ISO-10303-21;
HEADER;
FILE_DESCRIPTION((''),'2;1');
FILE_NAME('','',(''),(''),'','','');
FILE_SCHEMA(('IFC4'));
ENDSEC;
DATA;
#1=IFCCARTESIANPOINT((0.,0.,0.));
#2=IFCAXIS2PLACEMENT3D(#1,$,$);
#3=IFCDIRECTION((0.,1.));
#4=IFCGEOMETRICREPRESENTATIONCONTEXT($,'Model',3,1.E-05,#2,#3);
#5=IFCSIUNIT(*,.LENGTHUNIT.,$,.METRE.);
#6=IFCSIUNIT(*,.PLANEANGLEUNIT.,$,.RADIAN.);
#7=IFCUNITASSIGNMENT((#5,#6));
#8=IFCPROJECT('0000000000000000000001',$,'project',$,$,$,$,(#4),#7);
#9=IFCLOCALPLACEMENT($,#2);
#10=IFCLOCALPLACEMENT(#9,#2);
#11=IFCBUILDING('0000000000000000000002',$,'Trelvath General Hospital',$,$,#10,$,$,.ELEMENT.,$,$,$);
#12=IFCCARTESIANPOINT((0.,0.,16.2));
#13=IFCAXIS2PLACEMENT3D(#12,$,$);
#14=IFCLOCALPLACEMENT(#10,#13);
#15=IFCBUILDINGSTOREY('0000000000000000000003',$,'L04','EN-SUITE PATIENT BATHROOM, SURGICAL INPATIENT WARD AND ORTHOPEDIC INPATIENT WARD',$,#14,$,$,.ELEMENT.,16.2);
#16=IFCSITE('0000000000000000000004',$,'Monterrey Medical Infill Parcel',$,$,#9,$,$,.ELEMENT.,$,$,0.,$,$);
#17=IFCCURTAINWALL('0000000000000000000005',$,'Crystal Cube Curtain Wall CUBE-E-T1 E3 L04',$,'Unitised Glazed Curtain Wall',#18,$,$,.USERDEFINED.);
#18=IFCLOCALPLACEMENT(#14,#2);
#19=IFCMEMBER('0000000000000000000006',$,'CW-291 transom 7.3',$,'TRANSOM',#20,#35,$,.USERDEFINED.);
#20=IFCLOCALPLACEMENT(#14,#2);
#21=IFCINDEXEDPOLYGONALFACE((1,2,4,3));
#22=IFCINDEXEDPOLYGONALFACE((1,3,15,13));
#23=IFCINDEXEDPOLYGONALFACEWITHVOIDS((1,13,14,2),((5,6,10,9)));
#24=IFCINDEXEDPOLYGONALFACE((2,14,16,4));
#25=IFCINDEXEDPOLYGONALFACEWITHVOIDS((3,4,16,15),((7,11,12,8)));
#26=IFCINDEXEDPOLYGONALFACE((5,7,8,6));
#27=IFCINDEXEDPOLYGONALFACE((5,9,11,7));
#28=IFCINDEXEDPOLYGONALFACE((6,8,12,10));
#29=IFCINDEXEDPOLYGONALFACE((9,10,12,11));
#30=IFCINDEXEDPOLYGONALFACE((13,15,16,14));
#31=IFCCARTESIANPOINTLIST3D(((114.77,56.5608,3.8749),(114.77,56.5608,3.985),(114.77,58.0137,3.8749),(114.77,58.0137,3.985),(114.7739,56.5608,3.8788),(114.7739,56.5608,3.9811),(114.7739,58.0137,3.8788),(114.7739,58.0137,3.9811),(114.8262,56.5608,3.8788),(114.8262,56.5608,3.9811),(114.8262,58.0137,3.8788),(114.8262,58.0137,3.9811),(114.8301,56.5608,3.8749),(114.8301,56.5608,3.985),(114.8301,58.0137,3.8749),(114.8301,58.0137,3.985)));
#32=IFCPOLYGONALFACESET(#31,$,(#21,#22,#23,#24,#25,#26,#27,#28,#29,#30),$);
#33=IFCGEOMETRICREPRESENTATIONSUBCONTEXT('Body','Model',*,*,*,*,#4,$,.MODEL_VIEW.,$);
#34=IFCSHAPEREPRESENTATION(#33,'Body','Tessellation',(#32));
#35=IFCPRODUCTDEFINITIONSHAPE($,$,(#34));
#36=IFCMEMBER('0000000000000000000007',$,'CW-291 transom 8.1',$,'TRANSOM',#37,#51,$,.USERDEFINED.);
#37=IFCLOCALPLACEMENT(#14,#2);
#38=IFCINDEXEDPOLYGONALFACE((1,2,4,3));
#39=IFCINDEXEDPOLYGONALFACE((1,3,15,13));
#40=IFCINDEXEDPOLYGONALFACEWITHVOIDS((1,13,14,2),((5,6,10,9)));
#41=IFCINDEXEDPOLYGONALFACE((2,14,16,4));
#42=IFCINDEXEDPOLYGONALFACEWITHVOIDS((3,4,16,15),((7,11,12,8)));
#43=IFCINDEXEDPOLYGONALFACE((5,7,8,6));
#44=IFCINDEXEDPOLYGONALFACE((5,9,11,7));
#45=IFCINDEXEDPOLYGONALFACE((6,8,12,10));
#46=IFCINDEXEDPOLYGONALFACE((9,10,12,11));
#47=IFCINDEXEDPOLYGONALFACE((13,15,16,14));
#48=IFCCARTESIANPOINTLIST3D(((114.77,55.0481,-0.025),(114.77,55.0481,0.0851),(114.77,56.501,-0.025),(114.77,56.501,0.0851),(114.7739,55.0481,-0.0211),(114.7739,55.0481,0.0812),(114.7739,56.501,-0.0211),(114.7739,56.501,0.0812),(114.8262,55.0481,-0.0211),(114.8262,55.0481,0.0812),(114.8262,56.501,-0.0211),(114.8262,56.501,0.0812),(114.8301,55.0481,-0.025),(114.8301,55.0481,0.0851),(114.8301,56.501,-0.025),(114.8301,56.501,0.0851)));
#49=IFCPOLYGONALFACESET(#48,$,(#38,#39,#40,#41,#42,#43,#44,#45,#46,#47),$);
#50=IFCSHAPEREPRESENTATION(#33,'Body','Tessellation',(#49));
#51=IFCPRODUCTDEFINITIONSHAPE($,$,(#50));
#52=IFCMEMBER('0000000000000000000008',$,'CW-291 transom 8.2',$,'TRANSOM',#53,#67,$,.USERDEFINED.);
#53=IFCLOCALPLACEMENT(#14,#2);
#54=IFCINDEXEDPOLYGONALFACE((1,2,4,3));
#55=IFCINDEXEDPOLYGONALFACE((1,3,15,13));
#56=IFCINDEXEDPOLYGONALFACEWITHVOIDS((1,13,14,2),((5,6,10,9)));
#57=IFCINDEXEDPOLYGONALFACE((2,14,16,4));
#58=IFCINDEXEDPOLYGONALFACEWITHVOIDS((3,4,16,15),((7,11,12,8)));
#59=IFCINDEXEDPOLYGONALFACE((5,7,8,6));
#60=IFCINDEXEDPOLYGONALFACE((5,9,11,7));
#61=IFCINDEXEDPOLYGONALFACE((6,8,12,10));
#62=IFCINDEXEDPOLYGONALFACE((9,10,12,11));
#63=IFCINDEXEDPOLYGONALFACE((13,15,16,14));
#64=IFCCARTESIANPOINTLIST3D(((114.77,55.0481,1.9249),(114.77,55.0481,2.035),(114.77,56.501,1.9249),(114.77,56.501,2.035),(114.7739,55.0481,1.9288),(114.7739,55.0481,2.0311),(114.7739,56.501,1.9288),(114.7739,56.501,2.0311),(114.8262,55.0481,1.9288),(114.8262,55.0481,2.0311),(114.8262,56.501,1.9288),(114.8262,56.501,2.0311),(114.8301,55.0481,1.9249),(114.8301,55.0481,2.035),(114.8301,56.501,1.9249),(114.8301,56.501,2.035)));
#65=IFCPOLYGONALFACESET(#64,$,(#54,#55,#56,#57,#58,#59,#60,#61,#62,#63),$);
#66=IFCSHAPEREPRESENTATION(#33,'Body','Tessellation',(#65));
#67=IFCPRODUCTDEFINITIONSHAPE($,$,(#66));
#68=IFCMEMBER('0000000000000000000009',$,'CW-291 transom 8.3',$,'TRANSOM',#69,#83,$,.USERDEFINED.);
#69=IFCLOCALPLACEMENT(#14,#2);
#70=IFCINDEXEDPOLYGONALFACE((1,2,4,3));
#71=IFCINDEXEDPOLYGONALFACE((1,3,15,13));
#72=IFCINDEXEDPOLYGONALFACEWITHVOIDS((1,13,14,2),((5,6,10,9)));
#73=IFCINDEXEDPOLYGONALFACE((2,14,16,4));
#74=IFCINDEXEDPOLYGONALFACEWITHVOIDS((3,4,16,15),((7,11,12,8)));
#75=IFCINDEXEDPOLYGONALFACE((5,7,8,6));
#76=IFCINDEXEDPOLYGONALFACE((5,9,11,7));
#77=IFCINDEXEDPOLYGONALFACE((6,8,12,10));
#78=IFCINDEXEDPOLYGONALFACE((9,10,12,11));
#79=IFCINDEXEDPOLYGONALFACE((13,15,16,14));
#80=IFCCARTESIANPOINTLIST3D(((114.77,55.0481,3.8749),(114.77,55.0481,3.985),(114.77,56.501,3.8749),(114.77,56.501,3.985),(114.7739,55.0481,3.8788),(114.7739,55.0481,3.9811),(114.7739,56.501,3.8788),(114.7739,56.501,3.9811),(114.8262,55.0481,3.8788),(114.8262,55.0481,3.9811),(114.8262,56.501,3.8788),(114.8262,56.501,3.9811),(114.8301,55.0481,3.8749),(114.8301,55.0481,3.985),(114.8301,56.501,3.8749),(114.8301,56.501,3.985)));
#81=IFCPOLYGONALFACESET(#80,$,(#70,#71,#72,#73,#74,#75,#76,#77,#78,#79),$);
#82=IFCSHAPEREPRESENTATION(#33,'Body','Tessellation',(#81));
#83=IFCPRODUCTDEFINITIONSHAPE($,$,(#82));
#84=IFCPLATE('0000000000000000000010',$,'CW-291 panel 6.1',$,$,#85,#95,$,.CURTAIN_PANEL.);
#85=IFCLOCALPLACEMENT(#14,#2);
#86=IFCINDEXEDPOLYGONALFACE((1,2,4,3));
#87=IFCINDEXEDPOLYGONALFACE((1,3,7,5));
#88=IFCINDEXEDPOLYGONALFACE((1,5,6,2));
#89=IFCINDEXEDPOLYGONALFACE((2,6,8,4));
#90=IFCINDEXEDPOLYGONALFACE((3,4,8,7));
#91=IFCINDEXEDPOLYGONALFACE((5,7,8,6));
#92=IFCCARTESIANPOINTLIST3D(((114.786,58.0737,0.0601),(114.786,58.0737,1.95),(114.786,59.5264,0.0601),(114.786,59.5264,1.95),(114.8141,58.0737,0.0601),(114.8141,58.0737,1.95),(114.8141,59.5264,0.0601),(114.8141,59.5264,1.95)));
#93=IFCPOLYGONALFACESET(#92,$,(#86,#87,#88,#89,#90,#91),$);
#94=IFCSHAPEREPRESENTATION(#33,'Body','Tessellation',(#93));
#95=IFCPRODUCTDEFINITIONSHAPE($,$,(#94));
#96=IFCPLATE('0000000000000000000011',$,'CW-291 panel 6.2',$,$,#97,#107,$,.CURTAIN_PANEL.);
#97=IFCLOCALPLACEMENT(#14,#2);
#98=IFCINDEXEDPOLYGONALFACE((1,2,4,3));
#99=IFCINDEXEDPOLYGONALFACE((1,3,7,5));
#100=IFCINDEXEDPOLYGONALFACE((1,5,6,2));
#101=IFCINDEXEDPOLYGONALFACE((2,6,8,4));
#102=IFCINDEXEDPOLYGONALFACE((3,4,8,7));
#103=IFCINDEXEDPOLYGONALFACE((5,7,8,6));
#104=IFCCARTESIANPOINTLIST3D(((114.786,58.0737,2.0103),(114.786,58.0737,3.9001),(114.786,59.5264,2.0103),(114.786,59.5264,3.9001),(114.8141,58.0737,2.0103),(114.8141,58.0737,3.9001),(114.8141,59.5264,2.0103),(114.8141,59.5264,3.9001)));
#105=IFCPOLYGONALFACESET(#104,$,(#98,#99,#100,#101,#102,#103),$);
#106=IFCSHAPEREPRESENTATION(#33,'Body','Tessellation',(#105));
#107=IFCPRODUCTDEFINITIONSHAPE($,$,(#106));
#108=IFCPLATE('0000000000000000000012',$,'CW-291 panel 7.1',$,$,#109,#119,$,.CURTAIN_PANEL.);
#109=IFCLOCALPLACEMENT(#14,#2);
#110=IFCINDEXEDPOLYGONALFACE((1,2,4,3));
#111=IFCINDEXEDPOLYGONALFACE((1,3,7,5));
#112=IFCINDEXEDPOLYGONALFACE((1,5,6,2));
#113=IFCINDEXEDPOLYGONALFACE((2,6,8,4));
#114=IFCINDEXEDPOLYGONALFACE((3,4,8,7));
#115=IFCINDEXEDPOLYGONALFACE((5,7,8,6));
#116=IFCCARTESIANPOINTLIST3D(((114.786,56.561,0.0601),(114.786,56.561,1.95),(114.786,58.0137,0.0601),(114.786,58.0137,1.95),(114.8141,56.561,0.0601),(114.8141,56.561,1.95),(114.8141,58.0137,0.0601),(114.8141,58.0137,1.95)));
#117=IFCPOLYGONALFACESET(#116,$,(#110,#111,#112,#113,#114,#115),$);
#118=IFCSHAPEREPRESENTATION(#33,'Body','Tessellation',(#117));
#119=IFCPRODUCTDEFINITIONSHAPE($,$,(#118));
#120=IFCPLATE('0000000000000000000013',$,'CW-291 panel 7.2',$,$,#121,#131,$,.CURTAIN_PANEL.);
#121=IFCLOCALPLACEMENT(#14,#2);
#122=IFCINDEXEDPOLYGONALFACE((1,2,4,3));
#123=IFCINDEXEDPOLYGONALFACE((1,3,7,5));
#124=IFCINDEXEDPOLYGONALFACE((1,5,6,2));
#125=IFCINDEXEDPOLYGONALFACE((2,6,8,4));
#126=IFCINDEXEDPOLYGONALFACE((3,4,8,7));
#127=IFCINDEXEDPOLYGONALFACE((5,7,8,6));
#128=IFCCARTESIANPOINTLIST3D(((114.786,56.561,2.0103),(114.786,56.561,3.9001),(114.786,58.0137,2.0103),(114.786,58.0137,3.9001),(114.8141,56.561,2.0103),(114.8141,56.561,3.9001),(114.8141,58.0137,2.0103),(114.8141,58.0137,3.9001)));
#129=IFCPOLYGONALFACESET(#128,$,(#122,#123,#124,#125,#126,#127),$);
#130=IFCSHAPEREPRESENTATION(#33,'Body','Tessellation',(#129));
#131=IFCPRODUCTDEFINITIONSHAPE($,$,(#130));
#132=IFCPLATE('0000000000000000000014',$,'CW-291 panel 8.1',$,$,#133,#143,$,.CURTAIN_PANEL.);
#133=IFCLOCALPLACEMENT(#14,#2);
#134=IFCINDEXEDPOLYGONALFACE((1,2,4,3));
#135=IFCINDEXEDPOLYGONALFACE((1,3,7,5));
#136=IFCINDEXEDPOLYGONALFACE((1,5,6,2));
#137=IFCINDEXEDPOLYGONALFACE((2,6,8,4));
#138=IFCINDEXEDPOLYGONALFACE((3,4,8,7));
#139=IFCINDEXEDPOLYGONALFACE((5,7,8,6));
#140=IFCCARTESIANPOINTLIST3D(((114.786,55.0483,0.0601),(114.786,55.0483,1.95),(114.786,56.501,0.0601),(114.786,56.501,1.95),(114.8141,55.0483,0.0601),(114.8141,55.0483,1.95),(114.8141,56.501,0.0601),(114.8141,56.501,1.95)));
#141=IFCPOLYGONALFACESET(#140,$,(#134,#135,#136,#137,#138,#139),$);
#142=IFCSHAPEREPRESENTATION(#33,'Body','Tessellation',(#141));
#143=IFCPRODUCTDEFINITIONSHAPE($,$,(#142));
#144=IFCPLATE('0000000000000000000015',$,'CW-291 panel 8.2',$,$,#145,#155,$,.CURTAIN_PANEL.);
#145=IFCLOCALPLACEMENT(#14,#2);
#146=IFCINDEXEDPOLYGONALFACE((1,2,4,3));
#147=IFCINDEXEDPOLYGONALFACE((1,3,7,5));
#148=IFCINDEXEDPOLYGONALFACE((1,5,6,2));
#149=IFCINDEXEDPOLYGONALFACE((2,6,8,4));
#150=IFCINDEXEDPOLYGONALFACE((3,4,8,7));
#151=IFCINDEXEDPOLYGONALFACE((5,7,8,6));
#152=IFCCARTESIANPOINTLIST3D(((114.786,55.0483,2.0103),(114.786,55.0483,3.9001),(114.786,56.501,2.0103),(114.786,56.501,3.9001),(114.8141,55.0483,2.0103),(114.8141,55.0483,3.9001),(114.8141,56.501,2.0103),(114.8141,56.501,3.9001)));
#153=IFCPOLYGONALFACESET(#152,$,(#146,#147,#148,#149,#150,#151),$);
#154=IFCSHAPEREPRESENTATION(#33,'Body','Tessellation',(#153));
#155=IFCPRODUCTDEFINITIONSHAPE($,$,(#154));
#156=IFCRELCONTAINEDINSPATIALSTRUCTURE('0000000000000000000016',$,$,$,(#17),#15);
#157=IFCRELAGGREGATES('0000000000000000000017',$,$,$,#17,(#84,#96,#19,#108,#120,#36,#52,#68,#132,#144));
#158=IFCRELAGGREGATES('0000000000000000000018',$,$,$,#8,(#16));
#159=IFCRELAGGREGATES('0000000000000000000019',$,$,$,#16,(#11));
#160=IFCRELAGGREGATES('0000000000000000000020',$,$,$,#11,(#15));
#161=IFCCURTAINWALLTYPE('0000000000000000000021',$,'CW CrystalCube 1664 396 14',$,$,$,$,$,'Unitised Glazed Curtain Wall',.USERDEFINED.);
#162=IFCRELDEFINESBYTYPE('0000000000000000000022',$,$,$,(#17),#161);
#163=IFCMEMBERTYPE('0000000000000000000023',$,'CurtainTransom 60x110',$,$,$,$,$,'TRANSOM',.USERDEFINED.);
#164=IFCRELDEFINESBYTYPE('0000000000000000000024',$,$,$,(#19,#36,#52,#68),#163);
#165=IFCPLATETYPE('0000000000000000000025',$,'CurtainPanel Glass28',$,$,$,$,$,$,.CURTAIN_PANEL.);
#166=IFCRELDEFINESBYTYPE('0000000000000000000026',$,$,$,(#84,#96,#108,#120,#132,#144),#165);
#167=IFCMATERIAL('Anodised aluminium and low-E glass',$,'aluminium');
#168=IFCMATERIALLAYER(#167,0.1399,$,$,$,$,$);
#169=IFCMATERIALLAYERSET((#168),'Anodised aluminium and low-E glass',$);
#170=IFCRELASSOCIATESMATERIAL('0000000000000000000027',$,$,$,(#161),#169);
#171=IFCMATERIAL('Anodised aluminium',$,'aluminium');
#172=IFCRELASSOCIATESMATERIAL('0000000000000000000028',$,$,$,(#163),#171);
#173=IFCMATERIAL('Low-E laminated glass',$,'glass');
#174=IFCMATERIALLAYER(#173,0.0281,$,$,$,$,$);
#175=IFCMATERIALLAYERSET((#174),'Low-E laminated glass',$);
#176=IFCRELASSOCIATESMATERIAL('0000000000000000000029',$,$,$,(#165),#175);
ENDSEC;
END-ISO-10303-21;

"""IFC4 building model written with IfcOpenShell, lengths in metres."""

from ifc_helpers import new_model, si_unit, direction, frame, origin, origin_2d, place, context, subcontext, project, spatial, rectangle, hollow_rectangle, extrude, material, layer, layer_set, material_profile, profile_set, type_object, element, aggregate, save


model = new_model("IFC4")

# Units and contexts
model_context = context("Model", 3, precision=1e-05, world=origin(), true_north=direction((0.0, 1.0)))
body_context = subcontext(model_context, "Body", "Model", "MODEL_VIEW")
ifc_project = project(units=[si_unit("LENGTHUNIT", "METRE"), si_unit("PLANEANGLEUNIT", "RADIAN")], contexts=[model_context])

# Site, building, storey
site_placement = place(None, origin())
site = spatial("IfcSite", under=ifc_project, at=site_placement, Name="Monterrey Medical Infill Parcel", CompositionType="ELEMENT", RefElevation=0.0)
building_placement = place(site_placement, origin())
building = spatial("IfcBuilding", under=site, at=building_placement, Name="Trelvath General Hospital", CompositionType="ELEMENT")
storey_placement = place(building_placement, frame((0.0, 0.0, 16.2)))
storey = spatial("IfcBuildingStorey", under=building, at=storey_placement, Name="L04", Description="EN-SUITE PATIENT BATHROOM, SURGICAL INPATIENT WARD AND ORTHOPEDIC INPATIENT WARD", CompositionType="ELEMENT", Elevation=16.2)

# Curtain wall, members, plates
ifc_material_1 = material(Name="Anodised aluminium and low-E glass", Category="aluminium")
ifc_layer_1 = layer(ifc_material_1, 0.1399)
ifc_layer_set_1 = layer_set([ifc_layer_1], Name="Anodised aluminium and low-E glass")
curtain_wall_type = type_object("IfcCurtainWallType", Name="CW CrystalCube 1664 396 14", ElementType="Unitised Glazed Curtain Wall", PredefinedType="USERDEFINED", material=ifc_layer_set_1)
curtain_wall_placement = place(storey_placement, origin())
curtain_wall = element("IfcCurtainWall", 1, at=curtain_wall_placement, inside=storey, type_object=curtain_wall_type, Name="Crystal Cube Curtain Wall CUBE-E-T1 E3 L04", ObjectType="Unitised Glazed Curtain Wall", PredefinedType="USERDEFINED")
ifc_material_2 = material(Name="Anodised aluminium", Category="aluminium")
ifc_material_profile_1 = material_profile(ifc_material_2, hollow_rectangle(XDim=0.0601, YDim=0.1101, WallThickness=0.0039, at=origin_2d()), Name="RHS60x110x4")
ifc_profile_set_1 = profile_set([ifc_material_profile_1], Name="Anodised aluminium")
member_type_1 = type_object("IfcMemberType", Name="CurtainTransom 60x110", ElementType="TRANSOM", PredefinedType="USERDEFINED", material=ifc_profile_set_1)
member_1_placement = place(storey_placement, frame((114.8, 58.0137, 3.9299), z_axis=(0.0, -1.0, 0.0), x_axis=(1.0, 0.0, 0.0)))
member_1 = element("IfcMember", 2, at=member_1_placement, type_object=member_type_1, Name="CW-291 transom 7.3", ObjectType="TRANSOM", PredefinedType="USERDEFINED", context=body_context, shape_type="SweptSolid", body=[
    extrude(hollow_rectangle(XDim=0.0601, YDim=0.1101, WallThickness=0.0039, at=origin_2d()), origin(), (0.0, 0.0, 1.0), 1.4529),
])
member_2_placement = place(storey_placement, frame((114.8, 56.501, 0.03), z_axis=(0.0, -1.0, 0.0), x_axis=(1.0, 0.0, 0.0)))
member_2 = element("IfcMember", 3, at=member_2_placement, type_object=member_type_1, Name="CW-291 transom 8.1", ObjectType="TRANSOM", PredefinedType="USERDEFINED", context=body_context, shape_type="SweptSolid", body=[
    extrude(hollow_rectangle(XDim=0.0601, YDim=0.1101, WallThickness=0.0039, at=origin_2d()), origin(), (0.0, 0.0, 1.0), 1.4529),
])
member_3_placement = place(storey_placement, frame((114.8, 56.501, 1.98), z_axis=(0.0, -1.0, 0.0), x_axis=(1.0, 0.0, 0.0)))
member_3 = element("IfcMember", 4, at=member_3_placement, type_object=member_type_1, Name="CW-291 transom 8.2", ObjectType="TRANSOM", PredefinedType="USERDEFINED", context=body_context, shape_type="SweptSolid", body=[
    extrude(hollow_rectangle(XDim=0.0601, YDim=0.1101, WallThickness=0.0039, at=origin_2d()), origin(), (0.0, 0.0, 1.0), 1.4529),
])
member_4_placement = place(storey_placement, frame((114.8, 56.501, 3.9299), z_axis=(0.0, -1.0, 0.0), x_axis=(1.0, 0.0, 0.0)))
member_4 = element("IfcMember", 5, at=member_4_placement, type_object=member_type_1, Name="CW-291 transom 8.3", ObjectType="TRANSOM", PredefinedType="USERDEFINED", context=body_context, shape_type="SweptSolid", body=[
    extrude(hollow_rectangle(XDim=0.0601, YDim=0.1101, WallThickness=0.0039, at=origin_2d()), origin(), (0.0, 0.0, 1.0), 1.4529),
])
ifc_material_3 = material(Name="Low-E laminated glass", Category="glass")
ifc_layer_2 = layer(ifc_material_3, 0.0281)
ifc_layer_set_2 = layer_set([ifc_layer_2], Name="Low-E laminated glass")
plate_type = type_object("IfcPlateType", Name="CurtainPanel Glass28", PredefinedType="CURTAIN_PANEL", material=ifc_layer_set_2)
plate_1_placement = place(storey_placement, frame((114.8, 58.8, 0.0601), z_axis=(0.0, 0.0, 1.0), x_axis=(0.0, -1.0, 0.0)))
plate_1 = element("IfcPlate", 6, at=plate_1_placement, type_object=plate_type, Name="CW-291 panel 6.1", PredefinedType="CURTAIN_PANEL", context=body_context, shape_type="SweptSolid", body=[
    extrude(rectangle(XDim=1.4526, YDim=0.0281, at=origin_2d()), origin(), (0.0, 0.0, 1.0), 1.8899),
])
plate_2_placement = place(storey_placement, frame((114.8, 58.8, 2.0103), z_axis=(0.0, 0.0, 1.0), x_axis=(0.0, -1.0, 0.0)))
plate_2 = element("IfcPlate", 7, at=plate_2_placement, type_object=plate_type, Name="CW-291 panel 6.2", PredefinedType="CURTAIN_PANEL", context=body_context, shape_type="SweptSolid", body=[
    extrude(rectangle(XDim=1.4526, YDim=0.0281, at=origin_2d()), origin(), (0.0, 0.0, 1.0), 1.8899),
])
plate_3_placement = place(storey_placement, frame((114.8, 57.2874, 0.0601), z_axis=(0.0, 0.0, 1.0), x_axis=(0.0, -1.0, 0.0)))
plate_3 = element("IfcPlate", 8, at=plate_3_placement, type_object=plate_type, Name="CW-291 panel 7.1", PredefinedType="CURTAIN_PANEL", context=body_context, shape_type="SweptSolid", body=[
    extrude(rectangle(XDim=1.4526, YDim=0.0281, at=origin_2d()), origin(), (0.0, 0.0, 1.0), 1.8899),
])
plate_4_placement = place(storey_placement, frame((114.8, 57.2874, 2.0103), z_axis=(0.0, 0.0, 1.0), x_axis=(0.0, -1.0, 0.0)))
plate_4 = element("IfcPlate", 9, at=plate_4_placement, type_object=plate_type, Name="CW-291 panel 7.2", PredefinedType="CURTAIN_PANEL", context=body_context, shape_type="SweptSolid", body=[
    extrude(rectangle(XDim=1.4526, YDim=0.0281, at=origin_2d()), origin(), (0.0, 0.0, 1.0), 1.8899),
])
plate_5_placement = place(storey_placement, frame((114.8, 55.7747, 0.0601), z_axis=(0.0, 0.0, 1.0), x_axis=(0.0, -1.0, 0.0)))
plate_5 = element("IfcPlate", 10, at=plate_5_placement, type_object=plate_type, Name="CW-291 panel 8.1", PredefinedType="CURTAIN_PANEL", context=body_context, shape_type="SweptSolid", body=[
    extrude(rectangle(XDim=1.4526, YDim=0.0281, at=origin_2d()), origin(), (0.0, 0.0, 1.0), 1.8899),
])
plate_6_placement = place(storey_placement, frame((114.8, 55.7747, 2.0103), z_axis=(0.0, 0.0, 1.0), x_axis=(0.0, -1.0, 0.0)))
plate_6 = element("IfcPlate", 11, at=plate_6_placement, type_object=plate_type, Name="CW-291 panel 8.2", PredefinedType="CURTAIN_PANEL", context=body_context, shape_type="SweptSolid", body=[
    extrude(rectangle(XDim=1.4526, YDim=0.0281, at=origin_2d()), origin(), (0.0, 0.0, 1.0), 1.8899),
])
aggregate(curtain_wall, [plate_1, plate_2, member_1, plate_3, plate_4, member_2, member_3, member_4, plate_5, plate_6])

save(model, "model.ifc")
